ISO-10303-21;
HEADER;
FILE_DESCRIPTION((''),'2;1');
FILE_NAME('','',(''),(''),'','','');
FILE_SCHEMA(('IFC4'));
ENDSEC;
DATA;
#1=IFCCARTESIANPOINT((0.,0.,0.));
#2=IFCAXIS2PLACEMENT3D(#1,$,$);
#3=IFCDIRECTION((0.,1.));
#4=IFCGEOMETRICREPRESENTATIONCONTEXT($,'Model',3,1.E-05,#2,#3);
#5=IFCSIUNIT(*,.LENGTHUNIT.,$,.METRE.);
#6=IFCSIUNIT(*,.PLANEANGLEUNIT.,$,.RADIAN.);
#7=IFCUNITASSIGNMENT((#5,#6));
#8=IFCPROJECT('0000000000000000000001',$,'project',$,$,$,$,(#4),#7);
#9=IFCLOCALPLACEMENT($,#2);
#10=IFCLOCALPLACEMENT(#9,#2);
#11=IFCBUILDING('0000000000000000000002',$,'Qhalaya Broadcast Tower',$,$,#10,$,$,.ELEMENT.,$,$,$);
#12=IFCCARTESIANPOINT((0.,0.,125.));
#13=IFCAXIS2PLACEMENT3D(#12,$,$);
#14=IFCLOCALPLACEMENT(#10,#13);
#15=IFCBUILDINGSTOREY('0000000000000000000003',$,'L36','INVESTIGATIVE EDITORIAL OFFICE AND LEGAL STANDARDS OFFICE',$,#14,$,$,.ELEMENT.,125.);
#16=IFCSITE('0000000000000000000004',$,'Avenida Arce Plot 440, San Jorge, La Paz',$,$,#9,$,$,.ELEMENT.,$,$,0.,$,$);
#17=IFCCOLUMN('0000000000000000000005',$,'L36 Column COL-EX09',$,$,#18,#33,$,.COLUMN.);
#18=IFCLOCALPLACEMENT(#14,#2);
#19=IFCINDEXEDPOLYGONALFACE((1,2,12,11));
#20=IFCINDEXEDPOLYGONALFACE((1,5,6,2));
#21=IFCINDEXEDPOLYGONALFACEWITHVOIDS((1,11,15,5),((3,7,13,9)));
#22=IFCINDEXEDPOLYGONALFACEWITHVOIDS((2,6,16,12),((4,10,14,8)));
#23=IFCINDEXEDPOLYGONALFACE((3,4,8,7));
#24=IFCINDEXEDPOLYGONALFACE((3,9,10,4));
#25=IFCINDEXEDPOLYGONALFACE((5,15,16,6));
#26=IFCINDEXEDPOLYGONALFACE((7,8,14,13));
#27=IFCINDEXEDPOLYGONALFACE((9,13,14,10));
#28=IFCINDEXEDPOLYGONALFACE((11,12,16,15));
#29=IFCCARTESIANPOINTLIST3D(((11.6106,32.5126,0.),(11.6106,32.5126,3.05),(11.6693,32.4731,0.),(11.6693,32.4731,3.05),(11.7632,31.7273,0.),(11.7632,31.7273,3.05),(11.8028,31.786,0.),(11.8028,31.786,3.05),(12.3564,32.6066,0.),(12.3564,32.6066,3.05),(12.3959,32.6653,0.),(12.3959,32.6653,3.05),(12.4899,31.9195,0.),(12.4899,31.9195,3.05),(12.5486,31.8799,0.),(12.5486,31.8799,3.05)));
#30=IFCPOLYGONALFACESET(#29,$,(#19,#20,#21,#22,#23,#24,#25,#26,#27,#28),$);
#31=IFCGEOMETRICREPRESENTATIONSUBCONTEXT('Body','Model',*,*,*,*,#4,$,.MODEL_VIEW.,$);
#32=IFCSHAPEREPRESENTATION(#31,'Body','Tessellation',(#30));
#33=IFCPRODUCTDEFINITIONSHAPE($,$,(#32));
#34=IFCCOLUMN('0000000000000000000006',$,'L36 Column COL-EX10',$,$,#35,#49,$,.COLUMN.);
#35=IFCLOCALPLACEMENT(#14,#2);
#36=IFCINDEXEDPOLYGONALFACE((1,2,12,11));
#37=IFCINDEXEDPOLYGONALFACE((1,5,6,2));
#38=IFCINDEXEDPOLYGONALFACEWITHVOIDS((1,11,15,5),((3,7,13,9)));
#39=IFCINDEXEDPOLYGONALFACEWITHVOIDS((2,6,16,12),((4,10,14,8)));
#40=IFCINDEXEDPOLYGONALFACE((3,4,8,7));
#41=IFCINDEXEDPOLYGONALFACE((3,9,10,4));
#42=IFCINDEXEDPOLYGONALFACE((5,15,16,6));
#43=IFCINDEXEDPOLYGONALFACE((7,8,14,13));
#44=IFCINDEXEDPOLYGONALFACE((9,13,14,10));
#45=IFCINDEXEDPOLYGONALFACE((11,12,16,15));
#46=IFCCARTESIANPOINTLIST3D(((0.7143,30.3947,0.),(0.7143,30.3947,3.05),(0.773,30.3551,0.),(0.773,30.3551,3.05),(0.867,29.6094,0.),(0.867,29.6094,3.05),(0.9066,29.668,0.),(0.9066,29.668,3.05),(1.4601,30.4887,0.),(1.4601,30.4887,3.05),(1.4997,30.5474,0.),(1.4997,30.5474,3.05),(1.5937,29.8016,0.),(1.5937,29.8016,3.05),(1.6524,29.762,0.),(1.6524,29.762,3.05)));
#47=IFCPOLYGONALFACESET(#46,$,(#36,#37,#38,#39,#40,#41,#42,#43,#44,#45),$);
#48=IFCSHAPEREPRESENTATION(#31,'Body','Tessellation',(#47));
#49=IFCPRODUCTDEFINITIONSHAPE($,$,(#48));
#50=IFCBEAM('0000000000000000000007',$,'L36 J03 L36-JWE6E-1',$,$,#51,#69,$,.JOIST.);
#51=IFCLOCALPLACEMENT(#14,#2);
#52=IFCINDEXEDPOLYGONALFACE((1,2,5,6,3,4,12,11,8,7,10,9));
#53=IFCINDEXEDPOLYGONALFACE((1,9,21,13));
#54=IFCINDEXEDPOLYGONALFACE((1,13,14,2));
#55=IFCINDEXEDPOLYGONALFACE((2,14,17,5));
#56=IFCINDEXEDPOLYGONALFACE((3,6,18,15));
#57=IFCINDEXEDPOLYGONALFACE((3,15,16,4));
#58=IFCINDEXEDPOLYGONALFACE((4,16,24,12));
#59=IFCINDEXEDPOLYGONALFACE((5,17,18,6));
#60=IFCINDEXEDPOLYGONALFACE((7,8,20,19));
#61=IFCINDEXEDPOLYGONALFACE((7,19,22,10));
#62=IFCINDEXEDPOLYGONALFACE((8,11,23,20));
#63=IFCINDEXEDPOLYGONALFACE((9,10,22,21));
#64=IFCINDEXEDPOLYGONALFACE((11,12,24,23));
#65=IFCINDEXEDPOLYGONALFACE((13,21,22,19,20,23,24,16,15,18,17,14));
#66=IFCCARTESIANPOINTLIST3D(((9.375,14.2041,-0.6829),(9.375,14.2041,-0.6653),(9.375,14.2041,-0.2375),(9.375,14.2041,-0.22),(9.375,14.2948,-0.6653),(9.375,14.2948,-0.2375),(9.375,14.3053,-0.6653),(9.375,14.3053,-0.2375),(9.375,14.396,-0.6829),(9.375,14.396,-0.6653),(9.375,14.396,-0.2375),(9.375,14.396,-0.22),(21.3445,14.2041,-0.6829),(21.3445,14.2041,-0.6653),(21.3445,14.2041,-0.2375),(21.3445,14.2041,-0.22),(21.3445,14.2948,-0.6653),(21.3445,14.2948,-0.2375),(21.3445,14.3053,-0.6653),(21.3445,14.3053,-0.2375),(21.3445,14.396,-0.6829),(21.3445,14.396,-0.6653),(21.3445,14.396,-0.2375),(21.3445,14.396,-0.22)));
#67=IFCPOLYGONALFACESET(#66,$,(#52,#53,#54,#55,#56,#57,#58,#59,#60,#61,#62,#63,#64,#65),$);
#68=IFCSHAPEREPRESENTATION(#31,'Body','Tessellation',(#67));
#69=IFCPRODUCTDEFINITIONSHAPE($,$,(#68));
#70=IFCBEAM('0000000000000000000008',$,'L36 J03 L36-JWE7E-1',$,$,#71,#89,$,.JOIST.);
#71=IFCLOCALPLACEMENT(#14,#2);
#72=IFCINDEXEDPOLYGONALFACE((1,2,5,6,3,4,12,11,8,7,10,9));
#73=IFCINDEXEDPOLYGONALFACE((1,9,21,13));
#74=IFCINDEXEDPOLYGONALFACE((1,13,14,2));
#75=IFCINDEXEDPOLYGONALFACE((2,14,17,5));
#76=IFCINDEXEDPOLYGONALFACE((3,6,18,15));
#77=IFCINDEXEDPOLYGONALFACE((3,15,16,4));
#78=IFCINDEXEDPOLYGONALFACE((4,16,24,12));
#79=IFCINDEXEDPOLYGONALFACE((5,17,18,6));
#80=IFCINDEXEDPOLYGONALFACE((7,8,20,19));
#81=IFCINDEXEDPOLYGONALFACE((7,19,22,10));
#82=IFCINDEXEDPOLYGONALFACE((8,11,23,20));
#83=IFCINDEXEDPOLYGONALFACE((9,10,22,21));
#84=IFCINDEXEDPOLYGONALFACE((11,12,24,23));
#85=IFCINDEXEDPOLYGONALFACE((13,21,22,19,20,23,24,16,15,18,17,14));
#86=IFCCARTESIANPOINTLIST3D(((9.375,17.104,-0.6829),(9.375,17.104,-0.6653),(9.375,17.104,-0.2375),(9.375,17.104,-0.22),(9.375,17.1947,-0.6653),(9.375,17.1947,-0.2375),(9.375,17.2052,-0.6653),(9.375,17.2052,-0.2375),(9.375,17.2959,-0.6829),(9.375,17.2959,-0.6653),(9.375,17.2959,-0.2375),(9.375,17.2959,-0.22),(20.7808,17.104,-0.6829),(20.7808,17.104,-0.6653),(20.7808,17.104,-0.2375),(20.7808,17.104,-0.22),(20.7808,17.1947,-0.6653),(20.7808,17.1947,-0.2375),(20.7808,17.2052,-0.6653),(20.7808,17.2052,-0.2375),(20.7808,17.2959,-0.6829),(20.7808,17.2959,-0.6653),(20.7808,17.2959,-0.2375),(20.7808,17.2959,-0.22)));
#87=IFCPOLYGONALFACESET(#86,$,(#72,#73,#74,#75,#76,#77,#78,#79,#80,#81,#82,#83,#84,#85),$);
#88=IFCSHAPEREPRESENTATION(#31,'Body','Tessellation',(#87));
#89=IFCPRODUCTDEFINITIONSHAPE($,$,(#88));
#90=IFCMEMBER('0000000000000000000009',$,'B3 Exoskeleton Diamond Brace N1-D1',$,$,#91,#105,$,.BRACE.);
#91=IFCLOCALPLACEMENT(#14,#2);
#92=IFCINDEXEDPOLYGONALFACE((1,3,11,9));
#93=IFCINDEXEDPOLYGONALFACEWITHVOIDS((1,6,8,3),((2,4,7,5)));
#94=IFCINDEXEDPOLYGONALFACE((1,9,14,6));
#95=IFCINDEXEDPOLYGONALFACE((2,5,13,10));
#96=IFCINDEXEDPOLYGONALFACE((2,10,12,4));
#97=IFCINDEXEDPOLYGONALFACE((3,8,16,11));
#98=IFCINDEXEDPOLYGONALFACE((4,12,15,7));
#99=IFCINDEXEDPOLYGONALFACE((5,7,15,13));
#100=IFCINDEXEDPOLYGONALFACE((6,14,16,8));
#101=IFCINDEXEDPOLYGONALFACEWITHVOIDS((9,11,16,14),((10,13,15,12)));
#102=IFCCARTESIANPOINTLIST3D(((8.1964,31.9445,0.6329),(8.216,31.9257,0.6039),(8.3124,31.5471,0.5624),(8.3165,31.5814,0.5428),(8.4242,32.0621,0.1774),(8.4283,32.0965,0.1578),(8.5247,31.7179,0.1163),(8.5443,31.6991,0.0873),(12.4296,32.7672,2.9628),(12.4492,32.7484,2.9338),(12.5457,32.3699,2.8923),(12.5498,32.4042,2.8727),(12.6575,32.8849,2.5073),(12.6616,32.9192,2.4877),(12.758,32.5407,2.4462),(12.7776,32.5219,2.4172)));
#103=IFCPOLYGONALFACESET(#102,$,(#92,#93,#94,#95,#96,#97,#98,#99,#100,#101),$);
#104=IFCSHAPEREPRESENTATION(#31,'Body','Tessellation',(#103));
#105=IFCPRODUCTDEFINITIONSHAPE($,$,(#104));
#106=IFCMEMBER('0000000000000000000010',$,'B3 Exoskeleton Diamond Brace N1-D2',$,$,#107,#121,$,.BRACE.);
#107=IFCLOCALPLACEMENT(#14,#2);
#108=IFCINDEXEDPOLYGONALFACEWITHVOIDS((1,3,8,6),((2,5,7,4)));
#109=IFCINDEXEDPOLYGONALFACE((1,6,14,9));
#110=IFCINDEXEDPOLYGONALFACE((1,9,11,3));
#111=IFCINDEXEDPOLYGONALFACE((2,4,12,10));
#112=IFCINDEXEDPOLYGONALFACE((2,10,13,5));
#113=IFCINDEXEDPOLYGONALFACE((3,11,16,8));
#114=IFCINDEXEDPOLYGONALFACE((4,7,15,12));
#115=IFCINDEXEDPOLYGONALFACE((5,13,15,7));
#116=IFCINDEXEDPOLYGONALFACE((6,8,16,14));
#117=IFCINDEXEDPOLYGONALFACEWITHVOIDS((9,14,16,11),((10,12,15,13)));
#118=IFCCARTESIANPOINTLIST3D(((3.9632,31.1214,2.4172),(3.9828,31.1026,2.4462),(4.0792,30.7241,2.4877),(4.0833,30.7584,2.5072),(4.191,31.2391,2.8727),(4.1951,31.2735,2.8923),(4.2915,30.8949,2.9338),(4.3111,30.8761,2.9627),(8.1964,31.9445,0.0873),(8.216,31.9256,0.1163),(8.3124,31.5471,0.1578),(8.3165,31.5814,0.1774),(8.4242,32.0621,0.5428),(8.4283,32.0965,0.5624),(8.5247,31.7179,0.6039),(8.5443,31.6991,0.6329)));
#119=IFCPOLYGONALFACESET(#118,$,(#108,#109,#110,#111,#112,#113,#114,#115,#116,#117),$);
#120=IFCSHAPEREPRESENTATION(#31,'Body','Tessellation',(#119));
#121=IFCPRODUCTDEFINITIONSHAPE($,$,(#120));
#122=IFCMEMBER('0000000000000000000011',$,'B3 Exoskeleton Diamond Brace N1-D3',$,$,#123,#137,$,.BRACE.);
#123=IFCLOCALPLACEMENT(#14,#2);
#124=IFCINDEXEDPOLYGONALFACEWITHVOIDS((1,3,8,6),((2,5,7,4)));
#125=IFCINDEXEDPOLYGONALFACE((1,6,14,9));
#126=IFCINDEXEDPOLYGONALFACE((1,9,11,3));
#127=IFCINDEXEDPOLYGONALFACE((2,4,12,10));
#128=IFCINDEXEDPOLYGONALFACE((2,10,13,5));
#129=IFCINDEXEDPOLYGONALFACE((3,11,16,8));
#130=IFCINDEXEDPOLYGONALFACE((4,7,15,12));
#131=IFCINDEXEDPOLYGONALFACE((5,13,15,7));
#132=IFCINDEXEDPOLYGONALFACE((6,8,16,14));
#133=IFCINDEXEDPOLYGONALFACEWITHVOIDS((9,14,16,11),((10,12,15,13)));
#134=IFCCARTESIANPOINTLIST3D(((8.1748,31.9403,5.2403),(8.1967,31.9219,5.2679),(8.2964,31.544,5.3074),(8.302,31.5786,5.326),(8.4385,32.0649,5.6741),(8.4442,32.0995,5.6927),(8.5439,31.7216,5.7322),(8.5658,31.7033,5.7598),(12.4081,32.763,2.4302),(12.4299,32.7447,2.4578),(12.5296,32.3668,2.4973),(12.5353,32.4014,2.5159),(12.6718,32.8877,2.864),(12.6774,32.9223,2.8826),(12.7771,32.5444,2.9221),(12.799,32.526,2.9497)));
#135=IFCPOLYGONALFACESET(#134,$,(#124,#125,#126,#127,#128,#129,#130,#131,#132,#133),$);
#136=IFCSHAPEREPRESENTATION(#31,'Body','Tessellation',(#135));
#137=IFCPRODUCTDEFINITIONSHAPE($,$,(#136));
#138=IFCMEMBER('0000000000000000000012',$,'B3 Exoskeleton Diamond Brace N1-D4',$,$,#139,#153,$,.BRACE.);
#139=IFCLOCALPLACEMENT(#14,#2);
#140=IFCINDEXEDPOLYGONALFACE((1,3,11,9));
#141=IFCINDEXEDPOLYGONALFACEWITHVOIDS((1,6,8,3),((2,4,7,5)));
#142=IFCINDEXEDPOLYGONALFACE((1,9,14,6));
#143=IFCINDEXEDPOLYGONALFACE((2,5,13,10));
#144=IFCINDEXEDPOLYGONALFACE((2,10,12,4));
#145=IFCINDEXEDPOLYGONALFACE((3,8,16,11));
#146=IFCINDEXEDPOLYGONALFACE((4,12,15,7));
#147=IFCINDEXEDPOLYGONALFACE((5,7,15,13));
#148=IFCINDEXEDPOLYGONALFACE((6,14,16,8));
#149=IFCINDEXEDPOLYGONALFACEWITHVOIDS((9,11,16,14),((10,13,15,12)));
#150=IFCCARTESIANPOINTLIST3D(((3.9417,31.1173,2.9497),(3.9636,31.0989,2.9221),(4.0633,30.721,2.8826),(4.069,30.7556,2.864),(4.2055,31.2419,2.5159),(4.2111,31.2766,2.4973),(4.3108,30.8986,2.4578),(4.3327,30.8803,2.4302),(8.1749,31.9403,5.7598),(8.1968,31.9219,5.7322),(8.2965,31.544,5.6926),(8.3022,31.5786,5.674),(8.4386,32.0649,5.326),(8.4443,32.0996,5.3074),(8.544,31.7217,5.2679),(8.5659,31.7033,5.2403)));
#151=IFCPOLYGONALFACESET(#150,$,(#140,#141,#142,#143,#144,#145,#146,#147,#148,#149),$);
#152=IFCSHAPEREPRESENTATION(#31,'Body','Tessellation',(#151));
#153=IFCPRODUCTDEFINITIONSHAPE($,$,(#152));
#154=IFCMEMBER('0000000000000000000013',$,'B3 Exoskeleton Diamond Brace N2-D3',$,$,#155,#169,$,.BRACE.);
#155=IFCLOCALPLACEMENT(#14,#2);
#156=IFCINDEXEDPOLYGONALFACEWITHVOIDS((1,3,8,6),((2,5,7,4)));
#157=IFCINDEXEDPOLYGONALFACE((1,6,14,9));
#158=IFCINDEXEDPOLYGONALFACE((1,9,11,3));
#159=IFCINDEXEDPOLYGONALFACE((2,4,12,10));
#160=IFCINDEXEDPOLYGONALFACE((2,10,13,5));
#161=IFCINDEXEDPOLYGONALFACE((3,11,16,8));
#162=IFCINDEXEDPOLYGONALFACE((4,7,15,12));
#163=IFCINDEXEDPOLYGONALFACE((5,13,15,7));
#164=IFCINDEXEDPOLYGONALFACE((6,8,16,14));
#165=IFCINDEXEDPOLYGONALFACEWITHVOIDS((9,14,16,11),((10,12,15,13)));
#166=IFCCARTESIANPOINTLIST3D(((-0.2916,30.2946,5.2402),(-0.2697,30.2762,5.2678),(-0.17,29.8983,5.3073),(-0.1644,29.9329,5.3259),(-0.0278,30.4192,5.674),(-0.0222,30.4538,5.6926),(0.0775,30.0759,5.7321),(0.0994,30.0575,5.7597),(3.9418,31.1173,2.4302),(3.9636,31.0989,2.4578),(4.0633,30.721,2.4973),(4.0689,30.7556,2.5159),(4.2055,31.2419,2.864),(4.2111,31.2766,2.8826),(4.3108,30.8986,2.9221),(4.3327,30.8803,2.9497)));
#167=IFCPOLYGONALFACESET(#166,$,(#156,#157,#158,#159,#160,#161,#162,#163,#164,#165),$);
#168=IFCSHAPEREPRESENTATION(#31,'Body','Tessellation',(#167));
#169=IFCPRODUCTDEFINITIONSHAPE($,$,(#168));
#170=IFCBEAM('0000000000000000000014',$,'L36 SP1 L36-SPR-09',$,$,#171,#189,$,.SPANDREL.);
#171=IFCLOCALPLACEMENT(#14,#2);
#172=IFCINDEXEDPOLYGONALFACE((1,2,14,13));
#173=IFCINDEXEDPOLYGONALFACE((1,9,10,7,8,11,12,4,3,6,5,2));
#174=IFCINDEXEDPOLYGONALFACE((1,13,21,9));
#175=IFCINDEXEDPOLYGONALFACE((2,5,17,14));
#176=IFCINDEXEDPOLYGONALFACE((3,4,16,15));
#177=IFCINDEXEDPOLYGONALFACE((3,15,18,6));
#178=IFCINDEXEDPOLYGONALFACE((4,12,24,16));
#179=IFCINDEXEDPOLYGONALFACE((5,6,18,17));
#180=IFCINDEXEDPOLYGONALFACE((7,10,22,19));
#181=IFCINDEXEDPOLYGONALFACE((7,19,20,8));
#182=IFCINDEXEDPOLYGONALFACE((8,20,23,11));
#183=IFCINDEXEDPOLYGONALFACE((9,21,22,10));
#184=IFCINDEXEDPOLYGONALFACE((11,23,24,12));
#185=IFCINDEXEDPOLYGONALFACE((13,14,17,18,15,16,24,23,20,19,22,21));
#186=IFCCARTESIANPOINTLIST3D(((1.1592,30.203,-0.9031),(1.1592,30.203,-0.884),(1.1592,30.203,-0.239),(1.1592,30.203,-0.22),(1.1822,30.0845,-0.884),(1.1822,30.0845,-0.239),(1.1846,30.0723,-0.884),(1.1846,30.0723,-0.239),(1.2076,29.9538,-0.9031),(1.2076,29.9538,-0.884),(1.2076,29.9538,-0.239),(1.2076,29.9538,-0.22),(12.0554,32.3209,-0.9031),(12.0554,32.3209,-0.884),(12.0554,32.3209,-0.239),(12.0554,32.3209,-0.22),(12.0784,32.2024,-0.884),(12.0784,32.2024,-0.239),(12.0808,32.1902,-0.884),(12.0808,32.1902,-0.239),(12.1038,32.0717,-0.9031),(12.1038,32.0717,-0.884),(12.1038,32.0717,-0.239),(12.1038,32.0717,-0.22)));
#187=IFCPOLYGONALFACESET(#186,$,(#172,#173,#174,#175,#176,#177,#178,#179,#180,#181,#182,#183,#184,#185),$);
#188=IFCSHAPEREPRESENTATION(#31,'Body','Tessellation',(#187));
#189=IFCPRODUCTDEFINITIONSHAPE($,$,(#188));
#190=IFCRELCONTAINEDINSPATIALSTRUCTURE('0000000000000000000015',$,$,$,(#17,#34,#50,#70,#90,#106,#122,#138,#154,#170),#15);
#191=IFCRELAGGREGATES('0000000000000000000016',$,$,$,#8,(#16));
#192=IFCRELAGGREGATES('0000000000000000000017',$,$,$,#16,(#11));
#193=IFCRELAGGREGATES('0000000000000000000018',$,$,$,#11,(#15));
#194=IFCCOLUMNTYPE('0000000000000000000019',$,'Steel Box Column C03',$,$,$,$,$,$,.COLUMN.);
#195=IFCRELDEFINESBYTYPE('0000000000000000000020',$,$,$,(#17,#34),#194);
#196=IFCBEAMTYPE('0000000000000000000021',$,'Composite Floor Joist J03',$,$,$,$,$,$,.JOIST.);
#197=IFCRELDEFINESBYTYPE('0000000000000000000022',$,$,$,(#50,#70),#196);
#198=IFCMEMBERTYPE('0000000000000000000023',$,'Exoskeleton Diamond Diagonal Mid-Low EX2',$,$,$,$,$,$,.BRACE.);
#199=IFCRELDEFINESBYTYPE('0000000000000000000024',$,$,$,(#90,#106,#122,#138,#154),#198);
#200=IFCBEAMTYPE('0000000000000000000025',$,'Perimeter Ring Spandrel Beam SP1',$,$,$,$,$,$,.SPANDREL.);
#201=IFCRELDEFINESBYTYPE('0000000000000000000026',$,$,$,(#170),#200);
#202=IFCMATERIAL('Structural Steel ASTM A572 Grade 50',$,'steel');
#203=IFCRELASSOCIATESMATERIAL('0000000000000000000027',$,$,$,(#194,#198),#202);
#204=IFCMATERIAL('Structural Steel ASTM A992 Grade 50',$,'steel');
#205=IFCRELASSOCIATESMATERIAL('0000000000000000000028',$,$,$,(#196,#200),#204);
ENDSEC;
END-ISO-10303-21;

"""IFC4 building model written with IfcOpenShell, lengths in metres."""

from ifc_helpers import new_model, si_unit, direction, frame, origin, origin_2d, place, context, subcontext, project, spatial, hollow_rectangle, i_section, extrude, material, material_profile, profile_set, type_object, element, save


model = new_model("IFC4")

# Units and contexts
model_context = context("Model", 3, precision=1e-05, world=origin(), true_north=direction((0.0, 1.0)))
body_context = subcontext(model_context, "Body", "Model", "MODEL_VIEW")
ifc_project = project(units=[si_unit("LENGTHUNIT", "METRE"), si_unit("PLANEANGLEUNIT", "RADIAN")], contexts=[model_context])

# Site, building, storey
site_placement = place(None, origin())
site = spatial("IfcSite", under=ifc_project, at=site_placement, Name="Avenida Arce Plot 440, San Jorge, La Paz", CompositionType="ELEMENT", RefElevation=0.0)
building_placement = place(site_placement, origin())
building = spatial("IfcBuilding", under=site, at=building_placement, Name="Qhalaya Broadcast Tower", CompositionType="ELEMENT")
storey_placement = place(building_placement, frame((0.0, 0.0, 125.0)))
storey = spatial("IfcBuildingStorey", under=building, at=storey_placement, Name="L36", Description="INVESTIGATIVE EDITORIAL OFFICE AND LEGAL STANDARDS OFFICE", CompositionType="ELEMENT", Elevation=125.0)

# Columns
ifc_material_1 = material(Name="Structural Steel ASTM A572 Grade 50", Category="steel")
ifc_material_profile_1 = material_profile(ifc_material_1, hollow_rectangle(XDim=0.8, YDim=0.8, WallThickness=0.05, at=origin_2d()), Name="BOX 800x800x50")
ifc_profile_set_1 = profile_set([ifc_material_profile_1], Name="Structural Steel ASTM A572 Grade 50")
column_type = type_object("IfcColumnType", Name="Steel Box Column C03", PredefinedType="COLUMN", material=ifc_profile_set_1)
for number, where, z_axis, x_axis, name in (
    (1, (12.0796, 32.1963, 0.0), (0.0, 0.0, 1.0), (0.981627, 0.190809, 0.0), "L36 Column COL-EX09"),
    (2, (1.1833, 30.0784, 0.0), (0.0, 0.0, 1.0), (0.981627, 0.190809, 0.0), "L36 Column COL-EX10"),
):
    element("IfcColumn", number, at=place(storey_placement, frame(where, z_axis=z_axis, x_axis=x_axis)), inside=storey, type_object=column_type, Name=name, PredefinedType="COLUMN", context=body_context, shape_type="SweptSolid", body=[
        extrude(hollow_rectangle(XDim=0.8, YDim=0.8, WallThickness=0.05, at=origin_2d()), origin(), (0.0, 0.0, 1.0), 3.05),
    ])

# Beams
ifc_material_2 = material(Name="Structural Steel ASTM A992 Grade 50", Category="steel")
ifc_material_profile_2 = material_profile(ifc_material_2, i_section(OverallWidth=0.1919, OverallDepth=0.4629, WebThickness=0.0105, FlangeThickness=0.0176, at=origin_2d()), Name="W18X60")
ifc_profile_set_2 = profile_set([ifc_material_profile_2], Name="Structural Steel ASTM A992 Grade 50")
beam_type_1 = type_object("IfcBeamType", Name="Composite Floor Joist J03", PredefinedType="JOIST", material=ifc_profile_set_2)
beam_1_placement = place(storey_placement, frame((9.375, 14.3, -0.4514), z_axis=(1.0, 0.0, 0.0), x_axis=(0.0, 1.0, 0.0)))
element("IfcBeam", 3, at=beam_1_placement, inside=storey, type_object=beam_type_1, Name="L36 J03 L36-JWE6E-1", PredefinedType="JOIST", context=body_context, shape_type="SweptSolid", body=[
    extrude(i_section(OverallWidth=0.1919, OverallDepth=0.4629, WebThickness=0.0105, FlangeThickness=0.0176, at=origin_2d()), origin(), (0.0, 0.0, 1.0), 11.9695),
])
beam_2_placement = place(storey_placement, frame((9.375, 17.2, -0.4514), z_axis=(1.0, 0.0, 0.0), x_axis=(0.0, 1.0, 0.0)))
element("IfcBeam", 4, at=beam_2_placement, inside=storey, type_object=beam_type_1, Name="L36 J03 L36-JWE7E-1", PredefinedType="JOIST", context=body_context, shape_type="SweptSolid", body=[
    extrude(i_section(OverallWidth=0.1919, OverallDepth=0.4629, WebThickness=0.0105, FlangeThickness=0.0176, at=origin_2d()), origin(), (0.0, 0.0, 1.0), 11.4058),
])

# Members
ifc_material_profile_3 = material_profile(ifc_material_1, hollow_rectangle(XDim=0.4199, YDim=0.55, WallThickness=0.0281, at=origin_2d()), Name="BOX 420x550x28")
ifc_profile_set_3 = profile_set([ifc_material_profile_3], Name="Structural Steel ASTM A572 Grade 50")
member_type = type_object("IfcMemberType", Name="Exoskeleton Diamond Diagonal Mid-Low EX2", PredefinedType="BRACE", material=ifc_profile_set_3)
for number, where, z_axis, x_axis, name in (
    (5, (8.3704, 31.8218, 0.3601), (0.863646, 0.167858, 0.475331), (-0.276315, 0.946292, 0.167875), "B3 Exoskeleton Diamond Brace N1-D1"),
    (6, (8.3704, 31.8218, 0.3601), (-0.863638, -0.167906, 0.475327), (0.276367, -0.946276, 0.167875), "B3 Exoskeleton Diamond Brace N1-D2"),
):
    element("IfcMember", number, at=place(storey_placement, frame(where, z_axis=z_axis, x_axis=x_axis)), inside=storey, type_object=member_type, Name=name, PredefinedType="BRACE", context=body_context, shape_type="SweptSolid", body=[
        extrude(hollow_rectangle(XDim=0.4199, YDim=0.55, WallThickness=0.0281, at=origin_2d()), origin(), (0.0, 0.0, 1.0), 4.9016),
    ])
for number, where, z_axis, x_axis, name in (
    (7, (12.6035, 32.6445, 2.6899), (-0.82243, -0.159847, 0.545947), (0.289542, -0.943721, 0.159864), "B3 Exoskeleton Diamond Brace N1-D3"),
    (8, (4.1372, 30.9988, 2.6899), (0.822424, 0.159893, 0.545943), (-0.289594, 0.943705, 0.159864), "B3 Exoskeleton Diamond Brace N1-D4"),
    (9, (4.1372, 30.9988, 2.6899), (-0.822445, -0.159841, 0.545925), (0.289528, -0.943725, 0.159866), "B3 Exoskeleton Diamond Brace N2-D3"),
):
    element("IfcMember", number, at=place(storey_placement, frame(where, z_axis=z_axis, x_axis=x_axis)), inside=storey, type_object=member_type, Name=name, PredefinedType="BRACE", context=body_context, shape_type="SweptSolid", body=[
        extrude(hollow_rectangle(XDim=0.4199, YDim=0.55, WallThickness=0.0281, at=origin_2d()), origin(), (0.0, 0.0, 1.0), 5.1472),
    ])

# Beam
ifc_material_profile_4 = material_profile(ifc_material_2, i_section(OverallWidth=0.2539, OverallDepth=0.6831, WebThickness=0.0125, FlangeThickness=0.019, at=origin_2d()), Name="W27X94")
ifc_profile_set_4 = profile_set([ifc_material_profile_4], Name="Structural Steel ASTM A992 Grade 50")
beam_type_2 = type_object("IfcBeamType", Name="Perimeter Ring Spandrel Beam SP1", PredefinedType="SPANDREL", material=ifc_profile_set_4)
beam_3_placement = place(storey_placement, frame((12.0796, 32.1963, -0.5615), z_axis=(-0.981629, -0.190801, 0.0), x_axis=(0.190801, -0.981629, 0.0)))
element("IfcBeam", 10, at=beam_3_placement, inside=storey, type_object=beam_type_2, Name="L36 SP1 L36-SPR-09", PredefinedType="SPANDREL", context=body_context, shape_type="SweptSolid", body=[
    extrude(i_section(OverallWidth=0.2539, OverallDepth=0.6831, WebThickness=0.0125, FlangeThickness=0.019, at=origin_2d()), origin(), (0.0, 0.0, 1.0), 11.1001),
])

save(model, "model.ifc")
